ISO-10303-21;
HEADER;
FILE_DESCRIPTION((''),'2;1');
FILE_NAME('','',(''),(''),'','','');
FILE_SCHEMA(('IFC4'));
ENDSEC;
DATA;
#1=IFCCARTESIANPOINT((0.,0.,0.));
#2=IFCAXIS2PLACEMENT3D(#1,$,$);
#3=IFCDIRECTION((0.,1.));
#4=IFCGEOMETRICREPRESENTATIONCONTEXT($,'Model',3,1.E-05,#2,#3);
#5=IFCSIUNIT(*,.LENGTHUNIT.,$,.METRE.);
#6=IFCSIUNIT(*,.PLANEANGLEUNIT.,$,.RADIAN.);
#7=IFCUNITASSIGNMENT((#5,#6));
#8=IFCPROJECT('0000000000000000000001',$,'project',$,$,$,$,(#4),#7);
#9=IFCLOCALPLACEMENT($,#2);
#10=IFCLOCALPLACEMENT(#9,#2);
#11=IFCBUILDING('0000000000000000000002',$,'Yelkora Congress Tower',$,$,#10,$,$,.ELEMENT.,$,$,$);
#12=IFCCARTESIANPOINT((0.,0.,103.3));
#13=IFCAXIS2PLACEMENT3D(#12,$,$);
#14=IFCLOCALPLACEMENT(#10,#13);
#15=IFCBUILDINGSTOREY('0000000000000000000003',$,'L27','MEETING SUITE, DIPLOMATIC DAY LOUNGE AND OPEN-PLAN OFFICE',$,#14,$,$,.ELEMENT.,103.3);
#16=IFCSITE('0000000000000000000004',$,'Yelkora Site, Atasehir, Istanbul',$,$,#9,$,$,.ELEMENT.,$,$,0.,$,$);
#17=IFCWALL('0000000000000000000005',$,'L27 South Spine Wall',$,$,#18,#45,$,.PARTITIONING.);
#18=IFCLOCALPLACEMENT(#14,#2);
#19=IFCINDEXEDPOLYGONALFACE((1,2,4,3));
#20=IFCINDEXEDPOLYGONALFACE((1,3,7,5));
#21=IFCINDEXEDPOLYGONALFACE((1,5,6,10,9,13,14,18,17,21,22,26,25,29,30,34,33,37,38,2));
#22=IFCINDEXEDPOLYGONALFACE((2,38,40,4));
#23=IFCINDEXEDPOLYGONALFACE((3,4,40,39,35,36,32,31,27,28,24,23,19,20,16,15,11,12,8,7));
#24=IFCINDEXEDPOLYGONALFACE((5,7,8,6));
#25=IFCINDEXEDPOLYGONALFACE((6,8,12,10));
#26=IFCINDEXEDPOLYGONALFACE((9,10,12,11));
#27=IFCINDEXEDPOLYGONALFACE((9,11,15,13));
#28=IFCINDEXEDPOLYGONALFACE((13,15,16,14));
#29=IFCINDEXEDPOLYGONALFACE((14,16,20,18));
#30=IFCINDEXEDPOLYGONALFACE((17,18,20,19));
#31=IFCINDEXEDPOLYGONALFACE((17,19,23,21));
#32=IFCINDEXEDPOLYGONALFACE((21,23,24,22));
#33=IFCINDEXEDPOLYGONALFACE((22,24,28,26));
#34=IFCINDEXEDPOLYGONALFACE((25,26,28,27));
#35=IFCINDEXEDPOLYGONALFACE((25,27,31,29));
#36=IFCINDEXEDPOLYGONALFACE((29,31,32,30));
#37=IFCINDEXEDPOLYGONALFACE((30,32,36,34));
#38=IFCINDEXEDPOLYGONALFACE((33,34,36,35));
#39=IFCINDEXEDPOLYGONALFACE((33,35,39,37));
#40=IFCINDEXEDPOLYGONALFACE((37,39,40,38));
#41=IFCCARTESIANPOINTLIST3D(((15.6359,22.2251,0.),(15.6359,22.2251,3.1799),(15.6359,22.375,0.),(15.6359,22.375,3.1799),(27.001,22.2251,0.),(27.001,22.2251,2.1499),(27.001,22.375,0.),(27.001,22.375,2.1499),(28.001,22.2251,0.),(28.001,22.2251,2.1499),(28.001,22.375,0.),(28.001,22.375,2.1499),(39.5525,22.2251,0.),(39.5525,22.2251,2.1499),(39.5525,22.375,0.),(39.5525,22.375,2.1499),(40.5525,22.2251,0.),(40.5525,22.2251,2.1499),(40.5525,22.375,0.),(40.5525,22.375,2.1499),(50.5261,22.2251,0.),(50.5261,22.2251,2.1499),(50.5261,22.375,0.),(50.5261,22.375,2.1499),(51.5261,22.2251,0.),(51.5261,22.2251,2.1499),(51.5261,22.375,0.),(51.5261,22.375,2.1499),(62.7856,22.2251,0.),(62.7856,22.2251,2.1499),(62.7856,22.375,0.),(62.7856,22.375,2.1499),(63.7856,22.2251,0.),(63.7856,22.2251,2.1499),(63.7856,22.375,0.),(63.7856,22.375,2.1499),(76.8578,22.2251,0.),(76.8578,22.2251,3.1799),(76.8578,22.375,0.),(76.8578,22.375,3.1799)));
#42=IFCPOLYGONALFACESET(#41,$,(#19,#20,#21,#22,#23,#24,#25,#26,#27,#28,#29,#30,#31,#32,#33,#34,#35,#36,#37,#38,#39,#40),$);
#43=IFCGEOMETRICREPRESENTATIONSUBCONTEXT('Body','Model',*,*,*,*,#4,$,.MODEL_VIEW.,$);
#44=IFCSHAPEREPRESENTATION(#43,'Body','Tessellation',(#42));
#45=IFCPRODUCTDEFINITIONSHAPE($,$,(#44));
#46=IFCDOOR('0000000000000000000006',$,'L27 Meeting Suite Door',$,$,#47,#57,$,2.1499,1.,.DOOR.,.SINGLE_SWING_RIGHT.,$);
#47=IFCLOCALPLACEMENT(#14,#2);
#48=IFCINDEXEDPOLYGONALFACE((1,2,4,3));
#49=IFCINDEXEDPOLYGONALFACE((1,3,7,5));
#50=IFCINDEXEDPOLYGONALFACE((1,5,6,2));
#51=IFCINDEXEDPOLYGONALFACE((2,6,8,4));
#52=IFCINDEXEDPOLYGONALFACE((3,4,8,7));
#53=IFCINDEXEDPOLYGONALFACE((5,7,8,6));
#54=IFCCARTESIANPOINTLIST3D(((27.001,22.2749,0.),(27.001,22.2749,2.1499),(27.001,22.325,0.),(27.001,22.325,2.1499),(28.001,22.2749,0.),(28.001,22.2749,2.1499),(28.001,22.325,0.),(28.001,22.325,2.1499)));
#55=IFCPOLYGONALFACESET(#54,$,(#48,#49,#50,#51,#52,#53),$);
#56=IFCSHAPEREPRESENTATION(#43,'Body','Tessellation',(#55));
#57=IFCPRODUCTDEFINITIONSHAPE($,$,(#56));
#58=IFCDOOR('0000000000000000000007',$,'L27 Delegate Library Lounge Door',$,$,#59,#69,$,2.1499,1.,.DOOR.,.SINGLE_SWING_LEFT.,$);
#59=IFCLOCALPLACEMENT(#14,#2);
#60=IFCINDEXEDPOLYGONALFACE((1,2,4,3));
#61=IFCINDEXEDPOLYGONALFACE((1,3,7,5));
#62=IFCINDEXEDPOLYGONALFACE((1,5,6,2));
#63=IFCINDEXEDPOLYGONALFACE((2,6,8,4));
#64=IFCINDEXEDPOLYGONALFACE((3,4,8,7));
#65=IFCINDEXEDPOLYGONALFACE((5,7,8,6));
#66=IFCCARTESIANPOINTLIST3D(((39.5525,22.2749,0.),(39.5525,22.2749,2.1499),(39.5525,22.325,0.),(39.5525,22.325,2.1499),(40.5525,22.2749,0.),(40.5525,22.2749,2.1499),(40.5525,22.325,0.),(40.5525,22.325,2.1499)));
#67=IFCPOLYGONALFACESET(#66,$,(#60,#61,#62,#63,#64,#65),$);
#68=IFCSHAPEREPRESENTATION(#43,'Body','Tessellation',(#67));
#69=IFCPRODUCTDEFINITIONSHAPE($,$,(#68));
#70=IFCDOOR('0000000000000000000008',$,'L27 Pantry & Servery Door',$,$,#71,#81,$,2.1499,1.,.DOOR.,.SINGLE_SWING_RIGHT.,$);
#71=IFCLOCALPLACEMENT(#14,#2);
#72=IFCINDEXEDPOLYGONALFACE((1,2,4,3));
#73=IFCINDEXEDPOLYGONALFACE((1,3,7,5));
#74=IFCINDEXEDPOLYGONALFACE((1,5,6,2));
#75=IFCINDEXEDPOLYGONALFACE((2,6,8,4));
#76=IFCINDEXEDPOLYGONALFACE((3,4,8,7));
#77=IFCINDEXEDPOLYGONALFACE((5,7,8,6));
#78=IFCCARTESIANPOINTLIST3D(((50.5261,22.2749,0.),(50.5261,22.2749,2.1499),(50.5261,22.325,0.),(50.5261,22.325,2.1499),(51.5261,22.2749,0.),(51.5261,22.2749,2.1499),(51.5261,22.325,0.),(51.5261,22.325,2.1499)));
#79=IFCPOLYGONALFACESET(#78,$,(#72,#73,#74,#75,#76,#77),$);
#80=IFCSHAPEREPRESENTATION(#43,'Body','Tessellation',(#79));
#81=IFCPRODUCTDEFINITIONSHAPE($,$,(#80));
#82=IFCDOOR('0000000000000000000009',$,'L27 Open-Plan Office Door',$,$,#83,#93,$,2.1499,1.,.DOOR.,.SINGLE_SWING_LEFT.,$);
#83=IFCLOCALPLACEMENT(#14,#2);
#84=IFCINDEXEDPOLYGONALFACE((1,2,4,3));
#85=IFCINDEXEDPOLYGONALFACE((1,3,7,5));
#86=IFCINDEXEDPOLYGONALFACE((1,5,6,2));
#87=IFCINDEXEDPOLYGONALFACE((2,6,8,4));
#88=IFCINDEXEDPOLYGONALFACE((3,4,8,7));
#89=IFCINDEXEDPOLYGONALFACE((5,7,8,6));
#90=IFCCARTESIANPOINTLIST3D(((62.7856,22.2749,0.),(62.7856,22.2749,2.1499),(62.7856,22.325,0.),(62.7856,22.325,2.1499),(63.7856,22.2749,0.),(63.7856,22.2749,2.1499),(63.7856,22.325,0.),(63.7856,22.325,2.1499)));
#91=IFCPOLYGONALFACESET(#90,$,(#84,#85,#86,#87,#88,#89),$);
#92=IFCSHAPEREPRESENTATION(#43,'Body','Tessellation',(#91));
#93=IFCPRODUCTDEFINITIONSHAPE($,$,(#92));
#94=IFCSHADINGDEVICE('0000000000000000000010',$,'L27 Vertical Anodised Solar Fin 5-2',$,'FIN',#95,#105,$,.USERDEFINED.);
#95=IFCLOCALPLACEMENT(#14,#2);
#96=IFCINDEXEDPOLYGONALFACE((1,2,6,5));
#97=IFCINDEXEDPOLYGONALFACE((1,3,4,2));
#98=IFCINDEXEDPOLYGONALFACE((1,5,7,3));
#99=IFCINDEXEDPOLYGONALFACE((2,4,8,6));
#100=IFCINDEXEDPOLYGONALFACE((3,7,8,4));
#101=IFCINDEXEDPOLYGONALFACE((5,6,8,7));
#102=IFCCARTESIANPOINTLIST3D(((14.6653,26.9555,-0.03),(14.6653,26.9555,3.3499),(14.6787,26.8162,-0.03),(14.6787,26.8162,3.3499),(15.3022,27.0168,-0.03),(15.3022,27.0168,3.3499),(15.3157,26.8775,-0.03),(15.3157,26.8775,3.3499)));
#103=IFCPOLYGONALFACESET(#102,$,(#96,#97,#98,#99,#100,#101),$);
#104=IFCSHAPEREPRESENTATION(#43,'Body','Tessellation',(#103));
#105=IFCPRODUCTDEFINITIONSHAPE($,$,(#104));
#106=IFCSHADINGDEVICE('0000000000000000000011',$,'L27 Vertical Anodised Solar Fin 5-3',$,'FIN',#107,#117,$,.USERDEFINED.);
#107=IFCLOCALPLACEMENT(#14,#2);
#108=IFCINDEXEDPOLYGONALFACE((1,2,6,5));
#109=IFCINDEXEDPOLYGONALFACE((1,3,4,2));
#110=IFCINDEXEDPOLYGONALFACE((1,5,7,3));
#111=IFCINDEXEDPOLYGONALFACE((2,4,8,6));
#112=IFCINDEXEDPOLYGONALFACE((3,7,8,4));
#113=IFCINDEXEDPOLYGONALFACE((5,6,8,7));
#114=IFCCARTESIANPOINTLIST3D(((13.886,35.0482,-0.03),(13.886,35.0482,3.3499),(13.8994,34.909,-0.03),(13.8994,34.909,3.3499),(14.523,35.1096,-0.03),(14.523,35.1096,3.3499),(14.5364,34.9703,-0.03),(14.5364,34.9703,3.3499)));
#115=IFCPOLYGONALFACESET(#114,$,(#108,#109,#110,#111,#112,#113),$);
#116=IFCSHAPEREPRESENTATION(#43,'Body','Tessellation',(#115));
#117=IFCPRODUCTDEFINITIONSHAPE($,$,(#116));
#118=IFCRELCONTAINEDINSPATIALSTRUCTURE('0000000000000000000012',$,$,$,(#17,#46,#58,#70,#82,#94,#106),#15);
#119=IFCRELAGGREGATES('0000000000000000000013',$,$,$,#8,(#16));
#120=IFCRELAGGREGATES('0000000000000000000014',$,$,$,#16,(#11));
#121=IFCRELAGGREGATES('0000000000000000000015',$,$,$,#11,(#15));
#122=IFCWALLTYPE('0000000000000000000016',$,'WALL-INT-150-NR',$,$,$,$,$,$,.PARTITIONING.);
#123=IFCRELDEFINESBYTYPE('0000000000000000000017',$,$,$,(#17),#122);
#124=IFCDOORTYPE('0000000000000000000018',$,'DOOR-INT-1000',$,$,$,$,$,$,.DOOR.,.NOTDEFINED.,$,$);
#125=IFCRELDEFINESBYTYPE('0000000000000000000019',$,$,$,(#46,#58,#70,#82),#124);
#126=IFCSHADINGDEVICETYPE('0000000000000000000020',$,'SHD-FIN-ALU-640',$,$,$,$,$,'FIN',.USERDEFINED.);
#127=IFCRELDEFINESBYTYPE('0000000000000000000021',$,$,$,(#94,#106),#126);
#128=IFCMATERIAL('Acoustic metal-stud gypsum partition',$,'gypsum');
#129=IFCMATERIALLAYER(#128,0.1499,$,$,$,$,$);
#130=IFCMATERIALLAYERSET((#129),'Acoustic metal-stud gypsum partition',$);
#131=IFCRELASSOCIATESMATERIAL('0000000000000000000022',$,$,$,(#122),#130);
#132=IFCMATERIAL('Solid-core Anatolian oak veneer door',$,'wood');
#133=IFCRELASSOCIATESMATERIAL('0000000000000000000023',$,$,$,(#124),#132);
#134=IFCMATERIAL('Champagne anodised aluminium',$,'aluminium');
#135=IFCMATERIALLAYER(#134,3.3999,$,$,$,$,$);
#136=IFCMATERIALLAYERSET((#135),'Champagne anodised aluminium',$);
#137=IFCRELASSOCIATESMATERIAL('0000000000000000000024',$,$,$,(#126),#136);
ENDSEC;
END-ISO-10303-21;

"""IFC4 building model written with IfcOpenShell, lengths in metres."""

from ifc_helpers import new_model, si_unit, direction, frame, frame_2d, origin, origin_2d, place, context, subcontext, project, spatial, rectangle, extrude, material, layer, layer_set, type_object, element, fill, save


model = new_model("IFC4")

# Units and contexts
model_context = context("Model", 3, precision=1e-05, world=origin(), true_north=direction((0.0, 1.0)))
body_context = subcontext(model_context, "Body", "Model", "MODEL_VIEW")
ifc_project = project(units=[si_unit("LENGTHUNIT", "METRE"), si_unit("PLANEANGLEUNIT", "RADIAN")], contexts=[model_context])

# Site, building, storey
site_placement = place(None, origin())
site = spatial("IfcSite", under=ifc_project, at=site_placement, Name="Yelkora Site, Atasehir, Istanbul", CompositionType="ELEMENT", RefElevation=0.0)
building_placement = place(site_placement, origin())
building = spatial("IfcBuilding", under=site, at=building_placement, Name="Yelkora Congress Tower", CompositionType="ELEMENT")
storey_placement = place(building_placement, frame((0.0, 0.0, 103.3)))
storey = spatial("IfcBuildingStorey", under=building, at=storey_placement, Name="L27", Description="MEETING SUITE, DIPLOMATIC DAY LOUNGE AND OPEN-PLAN OFFICE", CompositionType="ELEMENT", Elevation=103.3)

# Wall, openings, doors
ifc_material_1 = material(Name="Acoustic metal-stud gypsum partition", Category="gypsum")
ifc_layer_1 = layer(ifc_material_1, 0.1499)
ifc_layer_set_1 = layer_set([ifc_layer_1], Name="Acoustic metal-stud gypsum partition")
wall_type = type_object("IfcWallType", Name="WALL-INT-150-NR", PredefinedType="PARTITIONING", material=ifc_layer_set_1)
wall_placement = place(storey_placement, frame((15.636, 22.3, 0.0), z_axis=(0.0, 0.0, 1.0), x_axis=(1.0, 0.0, 0.0)))
wall = element("IfcWall", 1, at=wall_placement, inside=storey, type_object=wall_type, Name="L27 South Spine Wall", PredefinedType="PARTITIONING", context=body_context, shape_type="SweptSolid", body=[
    extrude(rectangle(XDim=61.2219, YDim=0.1499, at=frame_2d((30.6108, 0.0))), origin(), (0.0, 0.0, 1.0), 3.1799),
])
opening_1_placement = place(wall_placement, frame((11.365, 0.0, 0.0)))
opening_1 = element("IfcOpeningElement", 2, at=opening_1_placement, cuts=wall, PredefinedType="OPENING", context=body_context, shape_type="SweptSolid", body=[
    extrude(rectangle(XDim=1.0, YDim=2.1499, at=frame_2d((0.5, 1.075))), frame((0.0, 0.085, 0.0), z_axis=(0.0, -1.0, 0.0), x_axis=(1.0, 0.0, 0.0)), (0.0, 0.0, 1.0), 0.1699),
])
opening_2_placement = place(wall_placement, frame((23.9165, 0.0, 0.0)))
opening_2 = element("IfcOpeningElement", 3, at=opening_2_placement, cuts=wall, PredefinedType="OPENING", context=body_context, shape_type="SweptSolid", body=[
    extrude(rectangle(XDim=1.0, YDim=2.1499, at=frame_2d((0.5, 1.075))), frame((0.0, 0.085, 0.0), z_axis=(0.0, -1.0, 0.0), x_axis=(1.0, 0.0, 0.0)), (0.0, 0.0, 1.0), 0.1699),
])
opening_3_placement = place(wall_placement, frame((34.8901, 0.0, 0.0)))
opening_3 = element("IfcOpeningElement", 4, at=opening_3_placement, cuts=wall, PredefinedType="OPENING", context=body_context, shape_type="SweptSolid", body=[
    extrude(rectangle(XDim=1.0, YDim=2.1499, at=frame_2d((0.5, 1.075))), frame((0.0, 0.085, 0.0), z_axis=(0.0, -1.0, 0.0), x_axis=(1.0, 0.0, 0.0)), (0.0, 0.0, 1.0), 0.1699),
])
opening_4_placement = place(wall_placement, frame((47.1497, 0.0, 0.0)))
opening_4 = element("IfcOpeningElement", 5, at=opening_4_placement, cuts=wall, PredefinedType="OPENING", context=body_context, shape_type="SweptSolid", body=[
    extrude(rectangle(XDim=1.0, YDim=2.1499, at=frame_2d((0.5, 1.075))), frame((0.0, 0.085, 0.0), z_axis=(0.0, -1.0, 0.0), x_axis=(1.0, 0.0, 0.0)), (0.0, 0.0, 1.0), 0.1699),
])
ifc_material_2 = material(Name="Solid-core Anatolian oak veneer door", Category="wood")
door_type = type_object("IfcDoorType", Name="DOOR-INT-1000", OperationType="NOTDEFINED", PredefinedType="DOOR", material=ifc_material_2)
door_1_placement = place(opening_1_placement, origin())
door_1 = element("IfcDoor", 6, at=door_1_placement, inside=storey, type_object=door_type, Name="L27 Meeting Suite Door", OperationType="SINGLE_SWING_RIGHT", OverallHeight=2.1499, OverallWidth=1.0, PredefinedType="DOOR", context=body_context, shape_type="SweptSolid", body=[
    extrude(rectangle(XDim=1.0, YDim=2.1499, at=frame_2d((0.5, 1.075))), frame((0.0, 0.0249, 0.0), z_axis=(0.0, -1.0, 0.0), x_axis=(1.0, 0.0, 0.0)), (0.0, 0.0, 1.0), 0.05),
])
fill(opening_1, door_1)
door_2_placement = place(opening_2_placement, origin())
door_2 = element("IfcDoor", 7, at=door_2_placement, inside=storey, type_object=door_type, Name="L27 Delegate Library Lounge Door", OperationType="SINGLE_SWING_LEFT", OverallHeight=2.1499, OverallWidth=1.0, PredefinedType="DOOR", context=body_context, shape_type="SweptSolid", body=[
    extrude(rectangle(XDim=1.0, YDim=2.1499, at=frame_2d((0.5, 1.075))), frame((0.0, 0.0249, 0.0), z_axis=(0.0, -1.0, 0.0), x_axis=(1.0, 0.0, 0.0)), (0.0, 0.0, 1.0), 0.05),
])
fill(opening_2, door_2)
door_3_placement = place(opening_3_placement, origin())
door_3 = element("IfcDoor", 8, at=door_3_placement, inside=storey, type_object=door_type, Name="L27 Pantry & Servery Door", OperationType="SINGLE_SWING_RIGHT", OverallHeight=2.1499, OverallWidth=1.0, PredefinedType="DOOR", context=body_context, shape_type="SweptSolid", body=[
    extrude(rectangle(XDim=1.0, YDim=2.1499, at=frame_2d((0.5, 1.075))), frame((0.0, 0.0249, 0.0), z_axis=(0.0, -1.0, 0.0), x_axis=(1.0, 0.0, 0.0)), (0.0, 0.0, 1.0), 0.05),
])
fill(opening_3, door_3)
door_4_placement = place(opening_4_placement, origin())
door_4 = element("IfcDoor", 9, at=door_4_placement, inside=storey, type_object=door_type, Name="L27 Open-Plan Office Door", OperationType="SINGLE_SWING_LEFT", OverallHeight=2.1499, OverallWidth=1.0, PredefinedType="DOOR", context=body_context, shape_type="SweptSolid", body=[
    extrude(rectangle(XDim=1.0, YDim=2.1499, at=frame_2d((0.5, 1.075))), frame((0.0, 0.0249, 0.0), z_axis=(0.0, -1.0, 0.0), x_axis=(1.0, 0.0, 0.0)), (0.0, 0.0, 1.0), 0.05),
])
fill(opening_4, door_4)

# Shading devices
ifc_material_3 = material(Name="Champagne anodised aluminium", Category="aluminium")
ifc_layer_2 = layer(ifc_material_3, 3.3999)
ifc_layer_set_2 = layer_set([ifc_layer_2], Name="Champagne anodised aluminium")
shading_device_type = type_object("IfcShadingDeviceType", Name="SHD-FIN-ALU-640", ElementType="FIN", PredefinedType="USERDEFINED", material=ifc_layer_set_2)
for number, where, z_axis, x_axis, name in (
    (10, (14.9905, 26.9165, -0.03), (0.0, 0.0, 1.0), (-0.095846, 0.995396, 0.0), "L27 Vertical Anodised Solar Fin 5-2"),
    (11, (14.2112, 35.0093, -0.03), (0.0, 0.0, 1.0), (-0.095846, 0.995396, 0.0), "L27 Vertical Anodised Solar Fin 5-3"),
):
    element("IfcShadingDevice", number, at=place(storey_placement, frame(where, z_axis=z_axis, x_axis=x_axis)), inside=storey, type_object=shading_device_type, Name=name, ObjectType="FIN", PredefinedType="USERDEFINED", context=body_context, shape_type="SweptSolid", body=[
        extrude(rectangle(XDim=0.1399, YDim=0.6399, at=origin_2d()), origin(), (0.0, 0.0, 1.0), 3.3799),
    ])

save(model, "model.ifc")
